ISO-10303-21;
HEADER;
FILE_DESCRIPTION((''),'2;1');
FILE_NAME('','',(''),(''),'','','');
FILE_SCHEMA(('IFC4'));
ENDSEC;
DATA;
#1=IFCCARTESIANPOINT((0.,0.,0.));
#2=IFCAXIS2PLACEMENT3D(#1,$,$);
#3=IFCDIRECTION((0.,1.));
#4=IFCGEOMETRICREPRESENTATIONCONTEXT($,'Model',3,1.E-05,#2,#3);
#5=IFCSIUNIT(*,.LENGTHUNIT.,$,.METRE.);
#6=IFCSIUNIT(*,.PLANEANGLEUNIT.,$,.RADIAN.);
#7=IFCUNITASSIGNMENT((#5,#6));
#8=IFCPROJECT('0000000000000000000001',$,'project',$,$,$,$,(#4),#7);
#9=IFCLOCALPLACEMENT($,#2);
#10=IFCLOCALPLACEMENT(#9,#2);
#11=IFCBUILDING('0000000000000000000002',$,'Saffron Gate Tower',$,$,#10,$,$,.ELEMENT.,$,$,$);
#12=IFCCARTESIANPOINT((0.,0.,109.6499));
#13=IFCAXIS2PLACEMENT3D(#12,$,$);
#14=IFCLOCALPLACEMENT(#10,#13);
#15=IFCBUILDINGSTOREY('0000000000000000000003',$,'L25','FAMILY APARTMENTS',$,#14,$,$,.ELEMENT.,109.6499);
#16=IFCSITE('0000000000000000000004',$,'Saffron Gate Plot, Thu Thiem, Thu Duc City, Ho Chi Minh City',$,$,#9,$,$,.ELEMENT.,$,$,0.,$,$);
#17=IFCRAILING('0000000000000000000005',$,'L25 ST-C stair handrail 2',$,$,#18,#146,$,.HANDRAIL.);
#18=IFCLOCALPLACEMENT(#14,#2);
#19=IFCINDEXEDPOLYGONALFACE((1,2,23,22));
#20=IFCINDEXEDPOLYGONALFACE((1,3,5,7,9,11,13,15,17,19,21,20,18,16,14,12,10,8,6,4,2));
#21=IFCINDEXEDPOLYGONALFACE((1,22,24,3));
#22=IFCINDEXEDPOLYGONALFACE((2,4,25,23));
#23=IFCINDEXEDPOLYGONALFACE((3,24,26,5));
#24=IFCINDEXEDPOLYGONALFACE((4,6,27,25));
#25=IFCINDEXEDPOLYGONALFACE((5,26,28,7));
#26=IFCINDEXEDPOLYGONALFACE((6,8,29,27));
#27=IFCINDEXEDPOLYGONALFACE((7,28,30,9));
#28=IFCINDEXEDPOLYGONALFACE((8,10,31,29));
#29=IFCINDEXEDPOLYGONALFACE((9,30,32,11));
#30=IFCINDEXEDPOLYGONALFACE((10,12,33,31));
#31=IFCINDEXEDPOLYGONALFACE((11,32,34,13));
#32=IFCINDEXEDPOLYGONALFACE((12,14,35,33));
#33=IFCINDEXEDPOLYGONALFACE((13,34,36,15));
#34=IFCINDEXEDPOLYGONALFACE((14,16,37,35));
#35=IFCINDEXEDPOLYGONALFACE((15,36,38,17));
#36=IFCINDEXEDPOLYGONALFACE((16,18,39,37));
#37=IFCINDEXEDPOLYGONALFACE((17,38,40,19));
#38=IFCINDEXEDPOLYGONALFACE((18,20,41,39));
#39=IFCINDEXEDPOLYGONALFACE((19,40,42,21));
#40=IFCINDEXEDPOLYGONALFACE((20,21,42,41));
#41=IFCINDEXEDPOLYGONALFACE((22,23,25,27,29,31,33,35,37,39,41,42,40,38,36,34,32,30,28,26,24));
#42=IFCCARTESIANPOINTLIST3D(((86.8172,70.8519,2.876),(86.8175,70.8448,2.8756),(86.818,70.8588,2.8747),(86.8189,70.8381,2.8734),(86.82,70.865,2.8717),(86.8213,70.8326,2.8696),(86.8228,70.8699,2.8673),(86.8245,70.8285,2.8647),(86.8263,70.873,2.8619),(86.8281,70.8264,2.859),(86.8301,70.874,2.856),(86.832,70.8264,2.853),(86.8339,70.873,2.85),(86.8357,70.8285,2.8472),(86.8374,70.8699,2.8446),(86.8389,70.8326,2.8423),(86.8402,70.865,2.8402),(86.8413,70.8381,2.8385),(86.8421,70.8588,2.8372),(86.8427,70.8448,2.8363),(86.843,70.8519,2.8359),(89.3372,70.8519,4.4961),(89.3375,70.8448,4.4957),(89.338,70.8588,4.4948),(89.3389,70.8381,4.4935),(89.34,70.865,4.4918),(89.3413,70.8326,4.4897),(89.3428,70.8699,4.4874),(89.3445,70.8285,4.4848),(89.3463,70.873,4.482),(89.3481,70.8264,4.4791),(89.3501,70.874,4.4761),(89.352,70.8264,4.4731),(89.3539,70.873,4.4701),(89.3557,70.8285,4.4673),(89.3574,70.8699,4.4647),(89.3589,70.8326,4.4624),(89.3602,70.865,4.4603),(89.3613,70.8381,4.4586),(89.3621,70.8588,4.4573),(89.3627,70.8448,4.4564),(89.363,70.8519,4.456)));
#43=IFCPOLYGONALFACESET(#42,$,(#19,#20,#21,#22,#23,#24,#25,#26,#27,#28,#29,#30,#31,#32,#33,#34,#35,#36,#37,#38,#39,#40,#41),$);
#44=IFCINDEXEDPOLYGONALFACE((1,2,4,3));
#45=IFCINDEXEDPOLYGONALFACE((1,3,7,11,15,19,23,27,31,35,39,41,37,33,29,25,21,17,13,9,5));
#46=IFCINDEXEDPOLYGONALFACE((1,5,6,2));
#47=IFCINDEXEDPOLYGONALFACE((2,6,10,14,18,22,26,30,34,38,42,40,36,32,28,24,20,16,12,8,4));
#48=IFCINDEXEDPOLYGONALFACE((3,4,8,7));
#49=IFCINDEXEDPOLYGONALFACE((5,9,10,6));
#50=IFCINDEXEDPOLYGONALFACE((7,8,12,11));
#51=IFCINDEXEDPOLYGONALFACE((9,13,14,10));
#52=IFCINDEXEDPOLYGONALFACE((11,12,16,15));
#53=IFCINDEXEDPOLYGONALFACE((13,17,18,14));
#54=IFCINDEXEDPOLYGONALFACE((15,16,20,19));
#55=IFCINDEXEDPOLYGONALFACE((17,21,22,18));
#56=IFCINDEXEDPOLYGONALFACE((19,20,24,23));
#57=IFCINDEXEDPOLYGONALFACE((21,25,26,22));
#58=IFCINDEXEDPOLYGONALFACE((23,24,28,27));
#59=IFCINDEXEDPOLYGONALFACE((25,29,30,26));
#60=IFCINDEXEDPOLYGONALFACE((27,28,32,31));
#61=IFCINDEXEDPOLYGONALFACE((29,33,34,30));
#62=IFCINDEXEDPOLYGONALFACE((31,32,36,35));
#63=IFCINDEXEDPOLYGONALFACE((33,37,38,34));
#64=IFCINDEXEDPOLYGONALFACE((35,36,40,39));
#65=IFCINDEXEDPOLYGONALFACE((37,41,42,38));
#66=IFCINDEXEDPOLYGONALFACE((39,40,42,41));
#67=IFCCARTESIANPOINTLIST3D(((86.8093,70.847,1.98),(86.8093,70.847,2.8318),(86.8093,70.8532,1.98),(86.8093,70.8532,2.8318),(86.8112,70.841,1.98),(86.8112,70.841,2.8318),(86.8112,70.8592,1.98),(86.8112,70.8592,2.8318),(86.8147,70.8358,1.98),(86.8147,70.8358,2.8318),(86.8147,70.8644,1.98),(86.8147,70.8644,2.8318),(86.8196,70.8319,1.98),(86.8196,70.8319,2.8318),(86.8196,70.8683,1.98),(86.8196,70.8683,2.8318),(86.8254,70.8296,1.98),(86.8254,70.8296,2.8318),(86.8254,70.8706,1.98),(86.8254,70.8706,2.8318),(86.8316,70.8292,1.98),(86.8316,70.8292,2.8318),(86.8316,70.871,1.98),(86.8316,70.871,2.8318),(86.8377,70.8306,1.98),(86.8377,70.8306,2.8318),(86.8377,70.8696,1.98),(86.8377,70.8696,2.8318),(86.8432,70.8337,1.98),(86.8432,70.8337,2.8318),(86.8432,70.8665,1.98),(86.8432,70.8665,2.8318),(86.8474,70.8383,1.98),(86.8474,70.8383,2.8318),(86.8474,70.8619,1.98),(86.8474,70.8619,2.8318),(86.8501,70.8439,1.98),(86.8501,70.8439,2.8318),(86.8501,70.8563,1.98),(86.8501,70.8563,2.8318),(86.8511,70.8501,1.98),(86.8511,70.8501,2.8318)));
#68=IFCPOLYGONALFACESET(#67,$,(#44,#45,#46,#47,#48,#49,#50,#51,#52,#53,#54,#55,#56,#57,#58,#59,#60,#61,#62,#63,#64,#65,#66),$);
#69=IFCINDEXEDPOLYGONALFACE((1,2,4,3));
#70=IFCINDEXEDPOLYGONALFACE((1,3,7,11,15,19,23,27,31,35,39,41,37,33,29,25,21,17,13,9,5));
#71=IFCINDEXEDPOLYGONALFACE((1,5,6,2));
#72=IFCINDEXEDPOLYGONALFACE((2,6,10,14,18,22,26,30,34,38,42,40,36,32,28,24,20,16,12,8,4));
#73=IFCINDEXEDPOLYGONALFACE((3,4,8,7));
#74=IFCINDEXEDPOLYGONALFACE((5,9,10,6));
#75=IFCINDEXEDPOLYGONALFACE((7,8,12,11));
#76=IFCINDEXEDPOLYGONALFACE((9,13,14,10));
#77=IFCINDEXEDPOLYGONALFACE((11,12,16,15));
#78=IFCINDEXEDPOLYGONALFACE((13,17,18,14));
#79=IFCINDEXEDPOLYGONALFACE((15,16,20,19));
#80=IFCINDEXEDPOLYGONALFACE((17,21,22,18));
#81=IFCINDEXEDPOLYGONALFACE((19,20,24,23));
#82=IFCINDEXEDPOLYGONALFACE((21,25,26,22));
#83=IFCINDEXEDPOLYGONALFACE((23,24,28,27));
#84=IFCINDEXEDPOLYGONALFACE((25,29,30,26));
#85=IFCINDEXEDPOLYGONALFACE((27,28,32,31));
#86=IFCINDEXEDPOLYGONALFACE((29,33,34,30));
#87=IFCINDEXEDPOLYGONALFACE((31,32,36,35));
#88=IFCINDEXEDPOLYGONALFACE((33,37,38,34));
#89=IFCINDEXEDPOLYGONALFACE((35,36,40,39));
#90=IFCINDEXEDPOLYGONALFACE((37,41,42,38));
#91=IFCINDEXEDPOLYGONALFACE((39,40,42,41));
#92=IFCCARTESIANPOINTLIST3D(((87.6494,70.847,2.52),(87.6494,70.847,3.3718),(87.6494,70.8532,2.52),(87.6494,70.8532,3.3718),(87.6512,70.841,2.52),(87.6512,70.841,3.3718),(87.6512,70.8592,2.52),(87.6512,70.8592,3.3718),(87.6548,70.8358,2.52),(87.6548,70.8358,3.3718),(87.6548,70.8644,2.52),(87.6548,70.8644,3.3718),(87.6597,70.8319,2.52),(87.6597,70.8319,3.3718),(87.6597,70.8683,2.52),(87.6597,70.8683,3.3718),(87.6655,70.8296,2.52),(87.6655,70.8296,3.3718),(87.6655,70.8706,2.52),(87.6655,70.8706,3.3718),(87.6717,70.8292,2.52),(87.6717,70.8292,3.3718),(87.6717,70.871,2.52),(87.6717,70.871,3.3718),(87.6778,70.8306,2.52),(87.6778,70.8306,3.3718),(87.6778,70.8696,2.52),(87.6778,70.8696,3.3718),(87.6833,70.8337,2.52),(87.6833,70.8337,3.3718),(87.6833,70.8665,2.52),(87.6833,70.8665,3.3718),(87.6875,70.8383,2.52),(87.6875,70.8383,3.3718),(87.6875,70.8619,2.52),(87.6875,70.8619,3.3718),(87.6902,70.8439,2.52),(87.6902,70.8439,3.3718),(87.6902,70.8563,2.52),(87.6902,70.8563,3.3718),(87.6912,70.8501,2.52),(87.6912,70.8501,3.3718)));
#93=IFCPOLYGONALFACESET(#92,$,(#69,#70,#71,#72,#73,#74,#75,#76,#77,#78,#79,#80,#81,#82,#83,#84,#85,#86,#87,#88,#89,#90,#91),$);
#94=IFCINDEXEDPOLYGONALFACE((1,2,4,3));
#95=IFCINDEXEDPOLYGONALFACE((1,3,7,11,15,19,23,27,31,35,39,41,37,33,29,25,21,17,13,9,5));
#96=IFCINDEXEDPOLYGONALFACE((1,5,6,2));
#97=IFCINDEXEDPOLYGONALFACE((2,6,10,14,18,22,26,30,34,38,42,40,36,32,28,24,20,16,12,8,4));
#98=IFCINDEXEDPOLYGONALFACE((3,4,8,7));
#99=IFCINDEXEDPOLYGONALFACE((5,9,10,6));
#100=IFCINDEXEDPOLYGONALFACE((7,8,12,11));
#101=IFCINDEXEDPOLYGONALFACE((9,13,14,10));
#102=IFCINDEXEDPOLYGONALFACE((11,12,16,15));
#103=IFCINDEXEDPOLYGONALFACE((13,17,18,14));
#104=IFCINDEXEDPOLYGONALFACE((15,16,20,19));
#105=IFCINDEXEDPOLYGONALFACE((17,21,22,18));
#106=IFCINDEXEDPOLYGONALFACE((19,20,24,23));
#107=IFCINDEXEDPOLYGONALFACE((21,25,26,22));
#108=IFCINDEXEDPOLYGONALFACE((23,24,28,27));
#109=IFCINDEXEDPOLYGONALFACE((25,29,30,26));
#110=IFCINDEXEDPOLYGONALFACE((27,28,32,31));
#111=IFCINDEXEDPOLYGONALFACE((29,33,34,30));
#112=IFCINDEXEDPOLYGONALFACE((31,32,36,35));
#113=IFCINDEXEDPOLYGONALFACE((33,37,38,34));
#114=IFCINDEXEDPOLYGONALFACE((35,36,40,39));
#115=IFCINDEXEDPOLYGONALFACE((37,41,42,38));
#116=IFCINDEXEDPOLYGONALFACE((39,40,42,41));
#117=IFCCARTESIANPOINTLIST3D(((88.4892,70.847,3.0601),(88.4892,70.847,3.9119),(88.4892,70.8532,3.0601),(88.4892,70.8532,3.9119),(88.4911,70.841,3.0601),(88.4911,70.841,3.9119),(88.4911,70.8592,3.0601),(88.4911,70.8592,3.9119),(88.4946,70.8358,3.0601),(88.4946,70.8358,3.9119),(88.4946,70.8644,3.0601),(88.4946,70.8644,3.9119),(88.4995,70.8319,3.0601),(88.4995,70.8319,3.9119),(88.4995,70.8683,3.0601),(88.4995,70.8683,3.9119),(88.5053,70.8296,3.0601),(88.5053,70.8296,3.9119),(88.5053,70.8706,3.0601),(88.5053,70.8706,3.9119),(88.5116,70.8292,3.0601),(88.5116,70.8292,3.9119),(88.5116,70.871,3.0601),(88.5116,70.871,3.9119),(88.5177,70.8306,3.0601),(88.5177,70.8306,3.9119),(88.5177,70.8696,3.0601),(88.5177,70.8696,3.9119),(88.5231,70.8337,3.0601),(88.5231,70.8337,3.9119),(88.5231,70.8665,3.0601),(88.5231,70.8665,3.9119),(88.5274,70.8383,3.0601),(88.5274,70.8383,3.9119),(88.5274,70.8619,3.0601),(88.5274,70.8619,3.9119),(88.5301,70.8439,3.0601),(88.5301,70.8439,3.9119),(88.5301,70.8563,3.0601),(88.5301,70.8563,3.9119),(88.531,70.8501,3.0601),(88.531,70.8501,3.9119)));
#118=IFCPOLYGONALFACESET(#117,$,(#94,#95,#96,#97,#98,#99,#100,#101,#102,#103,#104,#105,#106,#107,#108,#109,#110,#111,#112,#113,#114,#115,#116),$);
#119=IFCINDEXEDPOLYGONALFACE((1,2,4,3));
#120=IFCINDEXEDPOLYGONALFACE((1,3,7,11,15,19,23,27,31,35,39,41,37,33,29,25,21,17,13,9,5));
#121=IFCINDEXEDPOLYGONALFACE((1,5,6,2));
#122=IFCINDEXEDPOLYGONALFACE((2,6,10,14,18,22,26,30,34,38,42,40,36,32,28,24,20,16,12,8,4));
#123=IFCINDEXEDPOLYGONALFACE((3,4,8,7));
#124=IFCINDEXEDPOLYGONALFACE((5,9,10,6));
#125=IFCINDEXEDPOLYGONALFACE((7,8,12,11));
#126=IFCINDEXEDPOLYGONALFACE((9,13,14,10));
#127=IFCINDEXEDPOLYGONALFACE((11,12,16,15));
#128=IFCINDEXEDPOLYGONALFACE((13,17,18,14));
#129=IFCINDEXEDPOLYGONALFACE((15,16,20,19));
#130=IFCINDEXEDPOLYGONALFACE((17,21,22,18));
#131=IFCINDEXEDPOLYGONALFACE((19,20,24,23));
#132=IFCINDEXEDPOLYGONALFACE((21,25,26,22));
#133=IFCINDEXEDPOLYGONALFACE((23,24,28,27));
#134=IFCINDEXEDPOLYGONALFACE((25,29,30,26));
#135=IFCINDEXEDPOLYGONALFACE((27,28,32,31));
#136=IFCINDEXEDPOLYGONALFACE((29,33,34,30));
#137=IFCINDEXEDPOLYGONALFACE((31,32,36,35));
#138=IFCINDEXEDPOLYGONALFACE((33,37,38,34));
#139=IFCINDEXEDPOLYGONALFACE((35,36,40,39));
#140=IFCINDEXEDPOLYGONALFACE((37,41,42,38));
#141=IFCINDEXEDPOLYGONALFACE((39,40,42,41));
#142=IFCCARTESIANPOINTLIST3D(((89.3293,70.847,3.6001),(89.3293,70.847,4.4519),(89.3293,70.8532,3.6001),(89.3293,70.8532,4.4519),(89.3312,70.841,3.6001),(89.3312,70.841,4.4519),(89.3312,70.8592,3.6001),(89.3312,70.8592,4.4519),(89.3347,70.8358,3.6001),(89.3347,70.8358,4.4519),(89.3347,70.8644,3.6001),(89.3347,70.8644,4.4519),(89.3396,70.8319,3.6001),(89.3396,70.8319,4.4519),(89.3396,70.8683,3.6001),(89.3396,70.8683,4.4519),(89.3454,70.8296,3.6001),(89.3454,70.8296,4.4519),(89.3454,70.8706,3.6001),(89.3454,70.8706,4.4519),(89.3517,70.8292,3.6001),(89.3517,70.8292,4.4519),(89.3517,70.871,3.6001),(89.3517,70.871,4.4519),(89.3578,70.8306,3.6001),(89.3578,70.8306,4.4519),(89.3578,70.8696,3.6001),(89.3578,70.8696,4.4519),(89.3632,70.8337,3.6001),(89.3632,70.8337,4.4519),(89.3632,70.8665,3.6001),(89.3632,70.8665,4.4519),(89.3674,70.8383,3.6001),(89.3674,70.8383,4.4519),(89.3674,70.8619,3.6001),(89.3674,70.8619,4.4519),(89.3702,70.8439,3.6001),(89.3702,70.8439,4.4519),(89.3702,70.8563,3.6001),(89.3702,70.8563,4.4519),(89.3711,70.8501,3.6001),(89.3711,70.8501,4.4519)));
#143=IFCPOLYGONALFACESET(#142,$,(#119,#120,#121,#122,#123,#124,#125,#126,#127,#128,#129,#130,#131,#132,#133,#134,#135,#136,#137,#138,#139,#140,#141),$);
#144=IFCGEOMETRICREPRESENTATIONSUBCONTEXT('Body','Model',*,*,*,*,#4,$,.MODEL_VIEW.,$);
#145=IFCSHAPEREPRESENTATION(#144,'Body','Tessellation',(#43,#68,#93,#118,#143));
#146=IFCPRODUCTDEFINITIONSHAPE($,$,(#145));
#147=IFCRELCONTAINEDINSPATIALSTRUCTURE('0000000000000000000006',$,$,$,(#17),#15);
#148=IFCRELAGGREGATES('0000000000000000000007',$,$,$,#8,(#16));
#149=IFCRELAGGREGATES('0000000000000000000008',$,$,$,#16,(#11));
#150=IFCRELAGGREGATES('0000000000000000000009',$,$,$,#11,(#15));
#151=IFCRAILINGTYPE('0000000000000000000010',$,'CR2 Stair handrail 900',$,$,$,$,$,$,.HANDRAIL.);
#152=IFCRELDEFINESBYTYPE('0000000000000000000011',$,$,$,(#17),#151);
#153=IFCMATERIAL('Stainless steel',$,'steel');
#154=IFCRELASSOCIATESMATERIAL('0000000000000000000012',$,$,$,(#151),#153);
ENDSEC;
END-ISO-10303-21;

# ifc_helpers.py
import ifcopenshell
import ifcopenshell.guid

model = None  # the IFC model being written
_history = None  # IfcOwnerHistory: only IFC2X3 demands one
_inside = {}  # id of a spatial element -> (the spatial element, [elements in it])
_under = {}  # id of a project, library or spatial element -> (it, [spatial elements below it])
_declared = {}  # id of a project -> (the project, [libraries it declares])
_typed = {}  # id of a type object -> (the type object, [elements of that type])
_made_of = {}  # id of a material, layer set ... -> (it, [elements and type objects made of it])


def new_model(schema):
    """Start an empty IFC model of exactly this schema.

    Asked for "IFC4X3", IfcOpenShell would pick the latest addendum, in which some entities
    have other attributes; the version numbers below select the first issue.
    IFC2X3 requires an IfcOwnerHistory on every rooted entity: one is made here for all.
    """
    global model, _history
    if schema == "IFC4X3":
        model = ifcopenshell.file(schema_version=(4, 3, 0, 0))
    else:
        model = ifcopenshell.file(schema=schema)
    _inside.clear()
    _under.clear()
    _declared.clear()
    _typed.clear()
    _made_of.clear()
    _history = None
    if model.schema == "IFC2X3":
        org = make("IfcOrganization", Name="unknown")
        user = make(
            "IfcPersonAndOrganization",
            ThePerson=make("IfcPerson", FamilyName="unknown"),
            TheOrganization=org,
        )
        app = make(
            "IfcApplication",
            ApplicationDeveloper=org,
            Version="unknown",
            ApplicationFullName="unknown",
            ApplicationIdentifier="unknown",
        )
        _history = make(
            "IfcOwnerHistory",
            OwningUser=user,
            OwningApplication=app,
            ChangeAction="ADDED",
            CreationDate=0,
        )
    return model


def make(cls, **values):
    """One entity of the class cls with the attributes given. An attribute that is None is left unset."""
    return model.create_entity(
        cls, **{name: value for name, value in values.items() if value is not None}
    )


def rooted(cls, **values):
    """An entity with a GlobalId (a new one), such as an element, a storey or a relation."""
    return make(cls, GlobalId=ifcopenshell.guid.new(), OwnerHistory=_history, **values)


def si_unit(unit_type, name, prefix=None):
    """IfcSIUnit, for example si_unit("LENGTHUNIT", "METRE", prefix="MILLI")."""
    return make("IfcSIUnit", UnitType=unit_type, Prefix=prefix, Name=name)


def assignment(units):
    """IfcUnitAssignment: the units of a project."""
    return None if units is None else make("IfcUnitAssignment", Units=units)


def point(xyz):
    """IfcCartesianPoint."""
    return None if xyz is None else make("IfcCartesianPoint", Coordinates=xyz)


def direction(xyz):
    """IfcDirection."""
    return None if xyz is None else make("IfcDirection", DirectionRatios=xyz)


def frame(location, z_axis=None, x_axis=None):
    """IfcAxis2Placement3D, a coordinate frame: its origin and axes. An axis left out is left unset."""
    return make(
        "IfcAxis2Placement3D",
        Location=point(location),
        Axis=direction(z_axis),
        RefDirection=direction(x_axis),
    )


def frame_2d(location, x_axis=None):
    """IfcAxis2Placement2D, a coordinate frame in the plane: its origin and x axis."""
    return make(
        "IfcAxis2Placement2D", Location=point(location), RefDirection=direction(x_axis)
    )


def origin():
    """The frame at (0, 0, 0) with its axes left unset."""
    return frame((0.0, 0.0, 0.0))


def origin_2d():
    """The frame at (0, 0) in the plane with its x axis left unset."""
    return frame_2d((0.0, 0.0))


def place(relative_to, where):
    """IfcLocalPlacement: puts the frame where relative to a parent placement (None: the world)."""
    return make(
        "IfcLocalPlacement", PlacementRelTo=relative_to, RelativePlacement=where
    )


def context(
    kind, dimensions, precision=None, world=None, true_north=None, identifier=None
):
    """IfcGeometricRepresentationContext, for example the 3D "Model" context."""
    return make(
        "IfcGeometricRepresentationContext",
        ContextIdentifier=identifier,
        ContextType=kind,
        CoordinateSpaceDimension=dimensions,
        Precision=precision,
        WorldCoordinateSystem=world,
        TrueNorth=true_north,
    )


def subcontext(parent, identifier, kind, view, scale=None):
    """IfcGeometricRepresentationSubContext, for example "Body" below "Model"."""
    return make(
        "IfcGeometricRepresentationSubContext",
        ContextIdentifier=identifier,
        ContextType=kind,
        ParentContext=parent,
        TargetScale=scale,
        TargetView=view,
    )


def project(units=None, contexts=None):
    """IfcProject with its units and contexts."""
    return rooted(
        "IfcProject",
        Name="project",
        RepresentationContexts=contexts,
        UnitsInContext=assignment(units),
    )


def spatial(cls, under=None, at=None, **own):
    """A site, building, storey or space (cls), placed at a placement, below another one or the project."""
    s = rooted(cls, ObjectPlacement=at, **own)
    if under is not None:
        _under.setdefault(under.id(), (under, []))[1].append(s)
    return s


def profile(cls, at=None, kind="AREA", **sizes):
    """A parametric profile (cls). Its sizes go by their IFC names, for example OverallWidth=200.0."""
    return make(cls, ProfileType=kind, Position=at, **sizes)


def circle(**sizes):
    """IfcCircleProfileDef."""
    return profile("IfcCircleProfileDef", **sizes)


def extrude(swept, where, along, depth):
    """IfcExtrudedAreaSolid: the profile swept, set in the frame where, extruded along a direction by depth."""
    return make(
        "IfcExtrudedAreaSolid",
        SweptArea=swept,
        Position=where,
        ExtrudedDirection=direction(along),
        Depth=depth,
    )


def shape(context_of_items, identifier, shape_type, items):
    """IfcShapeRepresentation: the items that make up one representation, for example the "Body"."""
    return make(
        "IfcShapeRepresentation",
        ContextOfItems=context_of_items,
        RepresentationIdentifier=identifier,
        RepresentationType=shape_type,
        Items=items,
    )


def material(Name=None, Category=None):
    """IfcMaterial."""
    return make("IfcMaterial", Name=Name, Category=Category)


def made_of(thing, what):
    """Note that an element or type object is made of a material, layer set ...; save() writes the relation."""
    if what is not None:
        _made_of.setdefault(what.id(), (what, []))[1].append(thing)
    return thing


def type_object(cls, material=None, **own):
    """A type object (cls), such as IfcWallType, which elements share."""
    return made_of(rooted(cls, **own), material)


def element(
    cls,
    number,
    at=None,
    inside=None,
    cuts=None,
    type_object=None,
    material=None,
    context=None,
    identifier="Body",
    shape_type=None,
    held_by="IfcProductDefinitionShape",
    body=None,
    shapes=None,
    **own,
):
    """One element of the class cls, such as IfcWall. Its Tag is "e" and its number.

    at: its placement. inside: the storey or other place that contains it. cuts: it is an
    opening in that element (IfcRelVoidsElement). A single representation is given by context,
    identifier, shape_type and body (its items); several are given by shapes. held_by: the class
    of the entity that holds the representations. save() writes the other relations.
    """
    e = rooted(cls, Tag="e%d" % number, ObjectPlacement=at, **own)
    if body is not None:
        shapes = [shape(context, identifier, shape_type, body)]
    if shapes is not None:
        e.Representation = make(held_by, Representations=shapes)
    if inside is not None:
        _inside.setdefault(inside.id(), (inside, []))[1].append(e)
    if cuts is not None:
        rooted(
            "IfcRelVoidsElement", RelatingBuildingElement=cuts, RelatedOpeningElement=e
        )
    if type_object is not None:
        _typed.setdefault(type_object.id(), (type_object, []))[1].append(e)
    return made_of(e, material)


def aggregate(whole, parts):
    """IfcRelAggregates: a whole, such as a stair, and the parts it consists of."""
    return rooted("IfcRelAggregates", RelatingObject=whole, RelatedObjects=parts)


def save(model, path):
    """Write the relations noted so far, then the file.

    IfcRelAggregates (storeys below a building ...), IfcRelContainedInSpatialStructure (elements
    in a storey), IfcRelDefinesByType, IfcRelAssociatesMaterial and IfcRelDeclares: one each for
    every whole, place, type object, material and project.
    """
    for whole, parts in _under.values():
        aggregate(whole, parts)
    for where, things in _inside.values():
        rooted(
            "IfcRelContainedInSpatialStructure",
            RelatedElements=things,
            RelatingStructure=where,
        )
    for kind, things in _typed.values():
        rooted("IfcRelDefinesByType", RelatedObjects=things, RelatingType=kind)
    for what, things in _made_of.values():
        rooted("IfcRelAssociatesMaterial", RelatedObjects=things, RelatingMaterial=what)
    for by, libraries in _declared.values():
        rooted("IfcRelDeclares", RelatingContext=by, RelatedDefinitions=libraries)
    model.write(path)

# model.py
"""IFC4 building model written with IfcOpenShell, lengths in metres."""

from ifc_helpers import new_model, si_unit, direction, frame, origin, origin_2d, place, context, subcontext, project, spatial, circle, extrude, material, type_object, element, save


model = new_model("IFC4")

# Units and contexts
model_context = context("Model", 3, precision=1e-05, world=origin(), true_north=direction((0.0, 1.0)))
body_context = subcontext(model_context, "Body", "Model", "MODEL_VIEW")
ifc_project = project(units=[si_unit("LENGTHUNIT", "METRE"), si_unit("PLANEANGLEUNIT", "RADIAN")], contexts=[model_context])

# Site, building, storey
site_placement = place(None, origin())
site = spatial("IfcSite", under=ifc_project, at=site_placement, Name="Saffron Gate Plot, Thu Thiem, Thu Duc City, Ho Chi Minh City", CompositionType="ELEMENT", RefElevation=0.0)
building_placement = place(site_placement, origin())
building = spatial("IfcBuilding", under=site, at=building_placement, Name="Saffron Gate Tower", CompositionType="ELEMENT")
storey_placement = place(building_placement, frame((0.0, 0.0, 109.6499)))
storey = spatial("IfcBuildingStorey", under=building, at=storey_placement, Name="L25", Description="FAMILY APARTMENTS", CompositionType="ELEMENT", Elevation=109.6499)

# Railing
ifc_material_1 = material(Name="Stainless steel", Category="steel")
railing_type_1 = type_object("IfcRailingType", Name="CR2 Stair handrail 900", PredefinedType="HANDRAIL", material=ifc_material_1)
railing_1_placement = place(storey_placement, frame((86.8301, 70.8501, 1.98)))
element("IfcRailing", 1, at=railing_1_placement, inside=storey, type_object=railing_type_1, Name="L25 ST-C stair handrail 2", PredefinedType="HANDRAIL", context=body_context, shape_type="SweptSolid", body=[
    extrude(circle(Radius=0.0239, at=origin_2d()), frame((0.0, 0.0, 0.876), z_axis=(0.841163, 0.0, 0.540782), x_axis=(0.0, 1.0, 0.0)), (0.0, 0.0, 1.0), 2.9958),
    extrude(circle(Radius=0.021, at=origin_2d()), origin(), (0.0, 0.0, 1.0), 0.8518),
    extrude(circle(Radius=0.021, at=origin_2d()), frame((0.8401, 0.0, 0.54)), (0.0, 0.0, 1.0), 0.8518),
    extrude(circle(Radius=0.021, at=origin_2d()), frame((1.6799, 0.0, 1.0801)), (0.0, 0.0, 1.0), 0.8518),
    extrude(circle(Radius=0.021, at=origin_2d()), frame((2.52, 0.0, 1.6201)), (0.0, 0.0, 1.0), 0.8518),
])

save(model, "model.ifc")
